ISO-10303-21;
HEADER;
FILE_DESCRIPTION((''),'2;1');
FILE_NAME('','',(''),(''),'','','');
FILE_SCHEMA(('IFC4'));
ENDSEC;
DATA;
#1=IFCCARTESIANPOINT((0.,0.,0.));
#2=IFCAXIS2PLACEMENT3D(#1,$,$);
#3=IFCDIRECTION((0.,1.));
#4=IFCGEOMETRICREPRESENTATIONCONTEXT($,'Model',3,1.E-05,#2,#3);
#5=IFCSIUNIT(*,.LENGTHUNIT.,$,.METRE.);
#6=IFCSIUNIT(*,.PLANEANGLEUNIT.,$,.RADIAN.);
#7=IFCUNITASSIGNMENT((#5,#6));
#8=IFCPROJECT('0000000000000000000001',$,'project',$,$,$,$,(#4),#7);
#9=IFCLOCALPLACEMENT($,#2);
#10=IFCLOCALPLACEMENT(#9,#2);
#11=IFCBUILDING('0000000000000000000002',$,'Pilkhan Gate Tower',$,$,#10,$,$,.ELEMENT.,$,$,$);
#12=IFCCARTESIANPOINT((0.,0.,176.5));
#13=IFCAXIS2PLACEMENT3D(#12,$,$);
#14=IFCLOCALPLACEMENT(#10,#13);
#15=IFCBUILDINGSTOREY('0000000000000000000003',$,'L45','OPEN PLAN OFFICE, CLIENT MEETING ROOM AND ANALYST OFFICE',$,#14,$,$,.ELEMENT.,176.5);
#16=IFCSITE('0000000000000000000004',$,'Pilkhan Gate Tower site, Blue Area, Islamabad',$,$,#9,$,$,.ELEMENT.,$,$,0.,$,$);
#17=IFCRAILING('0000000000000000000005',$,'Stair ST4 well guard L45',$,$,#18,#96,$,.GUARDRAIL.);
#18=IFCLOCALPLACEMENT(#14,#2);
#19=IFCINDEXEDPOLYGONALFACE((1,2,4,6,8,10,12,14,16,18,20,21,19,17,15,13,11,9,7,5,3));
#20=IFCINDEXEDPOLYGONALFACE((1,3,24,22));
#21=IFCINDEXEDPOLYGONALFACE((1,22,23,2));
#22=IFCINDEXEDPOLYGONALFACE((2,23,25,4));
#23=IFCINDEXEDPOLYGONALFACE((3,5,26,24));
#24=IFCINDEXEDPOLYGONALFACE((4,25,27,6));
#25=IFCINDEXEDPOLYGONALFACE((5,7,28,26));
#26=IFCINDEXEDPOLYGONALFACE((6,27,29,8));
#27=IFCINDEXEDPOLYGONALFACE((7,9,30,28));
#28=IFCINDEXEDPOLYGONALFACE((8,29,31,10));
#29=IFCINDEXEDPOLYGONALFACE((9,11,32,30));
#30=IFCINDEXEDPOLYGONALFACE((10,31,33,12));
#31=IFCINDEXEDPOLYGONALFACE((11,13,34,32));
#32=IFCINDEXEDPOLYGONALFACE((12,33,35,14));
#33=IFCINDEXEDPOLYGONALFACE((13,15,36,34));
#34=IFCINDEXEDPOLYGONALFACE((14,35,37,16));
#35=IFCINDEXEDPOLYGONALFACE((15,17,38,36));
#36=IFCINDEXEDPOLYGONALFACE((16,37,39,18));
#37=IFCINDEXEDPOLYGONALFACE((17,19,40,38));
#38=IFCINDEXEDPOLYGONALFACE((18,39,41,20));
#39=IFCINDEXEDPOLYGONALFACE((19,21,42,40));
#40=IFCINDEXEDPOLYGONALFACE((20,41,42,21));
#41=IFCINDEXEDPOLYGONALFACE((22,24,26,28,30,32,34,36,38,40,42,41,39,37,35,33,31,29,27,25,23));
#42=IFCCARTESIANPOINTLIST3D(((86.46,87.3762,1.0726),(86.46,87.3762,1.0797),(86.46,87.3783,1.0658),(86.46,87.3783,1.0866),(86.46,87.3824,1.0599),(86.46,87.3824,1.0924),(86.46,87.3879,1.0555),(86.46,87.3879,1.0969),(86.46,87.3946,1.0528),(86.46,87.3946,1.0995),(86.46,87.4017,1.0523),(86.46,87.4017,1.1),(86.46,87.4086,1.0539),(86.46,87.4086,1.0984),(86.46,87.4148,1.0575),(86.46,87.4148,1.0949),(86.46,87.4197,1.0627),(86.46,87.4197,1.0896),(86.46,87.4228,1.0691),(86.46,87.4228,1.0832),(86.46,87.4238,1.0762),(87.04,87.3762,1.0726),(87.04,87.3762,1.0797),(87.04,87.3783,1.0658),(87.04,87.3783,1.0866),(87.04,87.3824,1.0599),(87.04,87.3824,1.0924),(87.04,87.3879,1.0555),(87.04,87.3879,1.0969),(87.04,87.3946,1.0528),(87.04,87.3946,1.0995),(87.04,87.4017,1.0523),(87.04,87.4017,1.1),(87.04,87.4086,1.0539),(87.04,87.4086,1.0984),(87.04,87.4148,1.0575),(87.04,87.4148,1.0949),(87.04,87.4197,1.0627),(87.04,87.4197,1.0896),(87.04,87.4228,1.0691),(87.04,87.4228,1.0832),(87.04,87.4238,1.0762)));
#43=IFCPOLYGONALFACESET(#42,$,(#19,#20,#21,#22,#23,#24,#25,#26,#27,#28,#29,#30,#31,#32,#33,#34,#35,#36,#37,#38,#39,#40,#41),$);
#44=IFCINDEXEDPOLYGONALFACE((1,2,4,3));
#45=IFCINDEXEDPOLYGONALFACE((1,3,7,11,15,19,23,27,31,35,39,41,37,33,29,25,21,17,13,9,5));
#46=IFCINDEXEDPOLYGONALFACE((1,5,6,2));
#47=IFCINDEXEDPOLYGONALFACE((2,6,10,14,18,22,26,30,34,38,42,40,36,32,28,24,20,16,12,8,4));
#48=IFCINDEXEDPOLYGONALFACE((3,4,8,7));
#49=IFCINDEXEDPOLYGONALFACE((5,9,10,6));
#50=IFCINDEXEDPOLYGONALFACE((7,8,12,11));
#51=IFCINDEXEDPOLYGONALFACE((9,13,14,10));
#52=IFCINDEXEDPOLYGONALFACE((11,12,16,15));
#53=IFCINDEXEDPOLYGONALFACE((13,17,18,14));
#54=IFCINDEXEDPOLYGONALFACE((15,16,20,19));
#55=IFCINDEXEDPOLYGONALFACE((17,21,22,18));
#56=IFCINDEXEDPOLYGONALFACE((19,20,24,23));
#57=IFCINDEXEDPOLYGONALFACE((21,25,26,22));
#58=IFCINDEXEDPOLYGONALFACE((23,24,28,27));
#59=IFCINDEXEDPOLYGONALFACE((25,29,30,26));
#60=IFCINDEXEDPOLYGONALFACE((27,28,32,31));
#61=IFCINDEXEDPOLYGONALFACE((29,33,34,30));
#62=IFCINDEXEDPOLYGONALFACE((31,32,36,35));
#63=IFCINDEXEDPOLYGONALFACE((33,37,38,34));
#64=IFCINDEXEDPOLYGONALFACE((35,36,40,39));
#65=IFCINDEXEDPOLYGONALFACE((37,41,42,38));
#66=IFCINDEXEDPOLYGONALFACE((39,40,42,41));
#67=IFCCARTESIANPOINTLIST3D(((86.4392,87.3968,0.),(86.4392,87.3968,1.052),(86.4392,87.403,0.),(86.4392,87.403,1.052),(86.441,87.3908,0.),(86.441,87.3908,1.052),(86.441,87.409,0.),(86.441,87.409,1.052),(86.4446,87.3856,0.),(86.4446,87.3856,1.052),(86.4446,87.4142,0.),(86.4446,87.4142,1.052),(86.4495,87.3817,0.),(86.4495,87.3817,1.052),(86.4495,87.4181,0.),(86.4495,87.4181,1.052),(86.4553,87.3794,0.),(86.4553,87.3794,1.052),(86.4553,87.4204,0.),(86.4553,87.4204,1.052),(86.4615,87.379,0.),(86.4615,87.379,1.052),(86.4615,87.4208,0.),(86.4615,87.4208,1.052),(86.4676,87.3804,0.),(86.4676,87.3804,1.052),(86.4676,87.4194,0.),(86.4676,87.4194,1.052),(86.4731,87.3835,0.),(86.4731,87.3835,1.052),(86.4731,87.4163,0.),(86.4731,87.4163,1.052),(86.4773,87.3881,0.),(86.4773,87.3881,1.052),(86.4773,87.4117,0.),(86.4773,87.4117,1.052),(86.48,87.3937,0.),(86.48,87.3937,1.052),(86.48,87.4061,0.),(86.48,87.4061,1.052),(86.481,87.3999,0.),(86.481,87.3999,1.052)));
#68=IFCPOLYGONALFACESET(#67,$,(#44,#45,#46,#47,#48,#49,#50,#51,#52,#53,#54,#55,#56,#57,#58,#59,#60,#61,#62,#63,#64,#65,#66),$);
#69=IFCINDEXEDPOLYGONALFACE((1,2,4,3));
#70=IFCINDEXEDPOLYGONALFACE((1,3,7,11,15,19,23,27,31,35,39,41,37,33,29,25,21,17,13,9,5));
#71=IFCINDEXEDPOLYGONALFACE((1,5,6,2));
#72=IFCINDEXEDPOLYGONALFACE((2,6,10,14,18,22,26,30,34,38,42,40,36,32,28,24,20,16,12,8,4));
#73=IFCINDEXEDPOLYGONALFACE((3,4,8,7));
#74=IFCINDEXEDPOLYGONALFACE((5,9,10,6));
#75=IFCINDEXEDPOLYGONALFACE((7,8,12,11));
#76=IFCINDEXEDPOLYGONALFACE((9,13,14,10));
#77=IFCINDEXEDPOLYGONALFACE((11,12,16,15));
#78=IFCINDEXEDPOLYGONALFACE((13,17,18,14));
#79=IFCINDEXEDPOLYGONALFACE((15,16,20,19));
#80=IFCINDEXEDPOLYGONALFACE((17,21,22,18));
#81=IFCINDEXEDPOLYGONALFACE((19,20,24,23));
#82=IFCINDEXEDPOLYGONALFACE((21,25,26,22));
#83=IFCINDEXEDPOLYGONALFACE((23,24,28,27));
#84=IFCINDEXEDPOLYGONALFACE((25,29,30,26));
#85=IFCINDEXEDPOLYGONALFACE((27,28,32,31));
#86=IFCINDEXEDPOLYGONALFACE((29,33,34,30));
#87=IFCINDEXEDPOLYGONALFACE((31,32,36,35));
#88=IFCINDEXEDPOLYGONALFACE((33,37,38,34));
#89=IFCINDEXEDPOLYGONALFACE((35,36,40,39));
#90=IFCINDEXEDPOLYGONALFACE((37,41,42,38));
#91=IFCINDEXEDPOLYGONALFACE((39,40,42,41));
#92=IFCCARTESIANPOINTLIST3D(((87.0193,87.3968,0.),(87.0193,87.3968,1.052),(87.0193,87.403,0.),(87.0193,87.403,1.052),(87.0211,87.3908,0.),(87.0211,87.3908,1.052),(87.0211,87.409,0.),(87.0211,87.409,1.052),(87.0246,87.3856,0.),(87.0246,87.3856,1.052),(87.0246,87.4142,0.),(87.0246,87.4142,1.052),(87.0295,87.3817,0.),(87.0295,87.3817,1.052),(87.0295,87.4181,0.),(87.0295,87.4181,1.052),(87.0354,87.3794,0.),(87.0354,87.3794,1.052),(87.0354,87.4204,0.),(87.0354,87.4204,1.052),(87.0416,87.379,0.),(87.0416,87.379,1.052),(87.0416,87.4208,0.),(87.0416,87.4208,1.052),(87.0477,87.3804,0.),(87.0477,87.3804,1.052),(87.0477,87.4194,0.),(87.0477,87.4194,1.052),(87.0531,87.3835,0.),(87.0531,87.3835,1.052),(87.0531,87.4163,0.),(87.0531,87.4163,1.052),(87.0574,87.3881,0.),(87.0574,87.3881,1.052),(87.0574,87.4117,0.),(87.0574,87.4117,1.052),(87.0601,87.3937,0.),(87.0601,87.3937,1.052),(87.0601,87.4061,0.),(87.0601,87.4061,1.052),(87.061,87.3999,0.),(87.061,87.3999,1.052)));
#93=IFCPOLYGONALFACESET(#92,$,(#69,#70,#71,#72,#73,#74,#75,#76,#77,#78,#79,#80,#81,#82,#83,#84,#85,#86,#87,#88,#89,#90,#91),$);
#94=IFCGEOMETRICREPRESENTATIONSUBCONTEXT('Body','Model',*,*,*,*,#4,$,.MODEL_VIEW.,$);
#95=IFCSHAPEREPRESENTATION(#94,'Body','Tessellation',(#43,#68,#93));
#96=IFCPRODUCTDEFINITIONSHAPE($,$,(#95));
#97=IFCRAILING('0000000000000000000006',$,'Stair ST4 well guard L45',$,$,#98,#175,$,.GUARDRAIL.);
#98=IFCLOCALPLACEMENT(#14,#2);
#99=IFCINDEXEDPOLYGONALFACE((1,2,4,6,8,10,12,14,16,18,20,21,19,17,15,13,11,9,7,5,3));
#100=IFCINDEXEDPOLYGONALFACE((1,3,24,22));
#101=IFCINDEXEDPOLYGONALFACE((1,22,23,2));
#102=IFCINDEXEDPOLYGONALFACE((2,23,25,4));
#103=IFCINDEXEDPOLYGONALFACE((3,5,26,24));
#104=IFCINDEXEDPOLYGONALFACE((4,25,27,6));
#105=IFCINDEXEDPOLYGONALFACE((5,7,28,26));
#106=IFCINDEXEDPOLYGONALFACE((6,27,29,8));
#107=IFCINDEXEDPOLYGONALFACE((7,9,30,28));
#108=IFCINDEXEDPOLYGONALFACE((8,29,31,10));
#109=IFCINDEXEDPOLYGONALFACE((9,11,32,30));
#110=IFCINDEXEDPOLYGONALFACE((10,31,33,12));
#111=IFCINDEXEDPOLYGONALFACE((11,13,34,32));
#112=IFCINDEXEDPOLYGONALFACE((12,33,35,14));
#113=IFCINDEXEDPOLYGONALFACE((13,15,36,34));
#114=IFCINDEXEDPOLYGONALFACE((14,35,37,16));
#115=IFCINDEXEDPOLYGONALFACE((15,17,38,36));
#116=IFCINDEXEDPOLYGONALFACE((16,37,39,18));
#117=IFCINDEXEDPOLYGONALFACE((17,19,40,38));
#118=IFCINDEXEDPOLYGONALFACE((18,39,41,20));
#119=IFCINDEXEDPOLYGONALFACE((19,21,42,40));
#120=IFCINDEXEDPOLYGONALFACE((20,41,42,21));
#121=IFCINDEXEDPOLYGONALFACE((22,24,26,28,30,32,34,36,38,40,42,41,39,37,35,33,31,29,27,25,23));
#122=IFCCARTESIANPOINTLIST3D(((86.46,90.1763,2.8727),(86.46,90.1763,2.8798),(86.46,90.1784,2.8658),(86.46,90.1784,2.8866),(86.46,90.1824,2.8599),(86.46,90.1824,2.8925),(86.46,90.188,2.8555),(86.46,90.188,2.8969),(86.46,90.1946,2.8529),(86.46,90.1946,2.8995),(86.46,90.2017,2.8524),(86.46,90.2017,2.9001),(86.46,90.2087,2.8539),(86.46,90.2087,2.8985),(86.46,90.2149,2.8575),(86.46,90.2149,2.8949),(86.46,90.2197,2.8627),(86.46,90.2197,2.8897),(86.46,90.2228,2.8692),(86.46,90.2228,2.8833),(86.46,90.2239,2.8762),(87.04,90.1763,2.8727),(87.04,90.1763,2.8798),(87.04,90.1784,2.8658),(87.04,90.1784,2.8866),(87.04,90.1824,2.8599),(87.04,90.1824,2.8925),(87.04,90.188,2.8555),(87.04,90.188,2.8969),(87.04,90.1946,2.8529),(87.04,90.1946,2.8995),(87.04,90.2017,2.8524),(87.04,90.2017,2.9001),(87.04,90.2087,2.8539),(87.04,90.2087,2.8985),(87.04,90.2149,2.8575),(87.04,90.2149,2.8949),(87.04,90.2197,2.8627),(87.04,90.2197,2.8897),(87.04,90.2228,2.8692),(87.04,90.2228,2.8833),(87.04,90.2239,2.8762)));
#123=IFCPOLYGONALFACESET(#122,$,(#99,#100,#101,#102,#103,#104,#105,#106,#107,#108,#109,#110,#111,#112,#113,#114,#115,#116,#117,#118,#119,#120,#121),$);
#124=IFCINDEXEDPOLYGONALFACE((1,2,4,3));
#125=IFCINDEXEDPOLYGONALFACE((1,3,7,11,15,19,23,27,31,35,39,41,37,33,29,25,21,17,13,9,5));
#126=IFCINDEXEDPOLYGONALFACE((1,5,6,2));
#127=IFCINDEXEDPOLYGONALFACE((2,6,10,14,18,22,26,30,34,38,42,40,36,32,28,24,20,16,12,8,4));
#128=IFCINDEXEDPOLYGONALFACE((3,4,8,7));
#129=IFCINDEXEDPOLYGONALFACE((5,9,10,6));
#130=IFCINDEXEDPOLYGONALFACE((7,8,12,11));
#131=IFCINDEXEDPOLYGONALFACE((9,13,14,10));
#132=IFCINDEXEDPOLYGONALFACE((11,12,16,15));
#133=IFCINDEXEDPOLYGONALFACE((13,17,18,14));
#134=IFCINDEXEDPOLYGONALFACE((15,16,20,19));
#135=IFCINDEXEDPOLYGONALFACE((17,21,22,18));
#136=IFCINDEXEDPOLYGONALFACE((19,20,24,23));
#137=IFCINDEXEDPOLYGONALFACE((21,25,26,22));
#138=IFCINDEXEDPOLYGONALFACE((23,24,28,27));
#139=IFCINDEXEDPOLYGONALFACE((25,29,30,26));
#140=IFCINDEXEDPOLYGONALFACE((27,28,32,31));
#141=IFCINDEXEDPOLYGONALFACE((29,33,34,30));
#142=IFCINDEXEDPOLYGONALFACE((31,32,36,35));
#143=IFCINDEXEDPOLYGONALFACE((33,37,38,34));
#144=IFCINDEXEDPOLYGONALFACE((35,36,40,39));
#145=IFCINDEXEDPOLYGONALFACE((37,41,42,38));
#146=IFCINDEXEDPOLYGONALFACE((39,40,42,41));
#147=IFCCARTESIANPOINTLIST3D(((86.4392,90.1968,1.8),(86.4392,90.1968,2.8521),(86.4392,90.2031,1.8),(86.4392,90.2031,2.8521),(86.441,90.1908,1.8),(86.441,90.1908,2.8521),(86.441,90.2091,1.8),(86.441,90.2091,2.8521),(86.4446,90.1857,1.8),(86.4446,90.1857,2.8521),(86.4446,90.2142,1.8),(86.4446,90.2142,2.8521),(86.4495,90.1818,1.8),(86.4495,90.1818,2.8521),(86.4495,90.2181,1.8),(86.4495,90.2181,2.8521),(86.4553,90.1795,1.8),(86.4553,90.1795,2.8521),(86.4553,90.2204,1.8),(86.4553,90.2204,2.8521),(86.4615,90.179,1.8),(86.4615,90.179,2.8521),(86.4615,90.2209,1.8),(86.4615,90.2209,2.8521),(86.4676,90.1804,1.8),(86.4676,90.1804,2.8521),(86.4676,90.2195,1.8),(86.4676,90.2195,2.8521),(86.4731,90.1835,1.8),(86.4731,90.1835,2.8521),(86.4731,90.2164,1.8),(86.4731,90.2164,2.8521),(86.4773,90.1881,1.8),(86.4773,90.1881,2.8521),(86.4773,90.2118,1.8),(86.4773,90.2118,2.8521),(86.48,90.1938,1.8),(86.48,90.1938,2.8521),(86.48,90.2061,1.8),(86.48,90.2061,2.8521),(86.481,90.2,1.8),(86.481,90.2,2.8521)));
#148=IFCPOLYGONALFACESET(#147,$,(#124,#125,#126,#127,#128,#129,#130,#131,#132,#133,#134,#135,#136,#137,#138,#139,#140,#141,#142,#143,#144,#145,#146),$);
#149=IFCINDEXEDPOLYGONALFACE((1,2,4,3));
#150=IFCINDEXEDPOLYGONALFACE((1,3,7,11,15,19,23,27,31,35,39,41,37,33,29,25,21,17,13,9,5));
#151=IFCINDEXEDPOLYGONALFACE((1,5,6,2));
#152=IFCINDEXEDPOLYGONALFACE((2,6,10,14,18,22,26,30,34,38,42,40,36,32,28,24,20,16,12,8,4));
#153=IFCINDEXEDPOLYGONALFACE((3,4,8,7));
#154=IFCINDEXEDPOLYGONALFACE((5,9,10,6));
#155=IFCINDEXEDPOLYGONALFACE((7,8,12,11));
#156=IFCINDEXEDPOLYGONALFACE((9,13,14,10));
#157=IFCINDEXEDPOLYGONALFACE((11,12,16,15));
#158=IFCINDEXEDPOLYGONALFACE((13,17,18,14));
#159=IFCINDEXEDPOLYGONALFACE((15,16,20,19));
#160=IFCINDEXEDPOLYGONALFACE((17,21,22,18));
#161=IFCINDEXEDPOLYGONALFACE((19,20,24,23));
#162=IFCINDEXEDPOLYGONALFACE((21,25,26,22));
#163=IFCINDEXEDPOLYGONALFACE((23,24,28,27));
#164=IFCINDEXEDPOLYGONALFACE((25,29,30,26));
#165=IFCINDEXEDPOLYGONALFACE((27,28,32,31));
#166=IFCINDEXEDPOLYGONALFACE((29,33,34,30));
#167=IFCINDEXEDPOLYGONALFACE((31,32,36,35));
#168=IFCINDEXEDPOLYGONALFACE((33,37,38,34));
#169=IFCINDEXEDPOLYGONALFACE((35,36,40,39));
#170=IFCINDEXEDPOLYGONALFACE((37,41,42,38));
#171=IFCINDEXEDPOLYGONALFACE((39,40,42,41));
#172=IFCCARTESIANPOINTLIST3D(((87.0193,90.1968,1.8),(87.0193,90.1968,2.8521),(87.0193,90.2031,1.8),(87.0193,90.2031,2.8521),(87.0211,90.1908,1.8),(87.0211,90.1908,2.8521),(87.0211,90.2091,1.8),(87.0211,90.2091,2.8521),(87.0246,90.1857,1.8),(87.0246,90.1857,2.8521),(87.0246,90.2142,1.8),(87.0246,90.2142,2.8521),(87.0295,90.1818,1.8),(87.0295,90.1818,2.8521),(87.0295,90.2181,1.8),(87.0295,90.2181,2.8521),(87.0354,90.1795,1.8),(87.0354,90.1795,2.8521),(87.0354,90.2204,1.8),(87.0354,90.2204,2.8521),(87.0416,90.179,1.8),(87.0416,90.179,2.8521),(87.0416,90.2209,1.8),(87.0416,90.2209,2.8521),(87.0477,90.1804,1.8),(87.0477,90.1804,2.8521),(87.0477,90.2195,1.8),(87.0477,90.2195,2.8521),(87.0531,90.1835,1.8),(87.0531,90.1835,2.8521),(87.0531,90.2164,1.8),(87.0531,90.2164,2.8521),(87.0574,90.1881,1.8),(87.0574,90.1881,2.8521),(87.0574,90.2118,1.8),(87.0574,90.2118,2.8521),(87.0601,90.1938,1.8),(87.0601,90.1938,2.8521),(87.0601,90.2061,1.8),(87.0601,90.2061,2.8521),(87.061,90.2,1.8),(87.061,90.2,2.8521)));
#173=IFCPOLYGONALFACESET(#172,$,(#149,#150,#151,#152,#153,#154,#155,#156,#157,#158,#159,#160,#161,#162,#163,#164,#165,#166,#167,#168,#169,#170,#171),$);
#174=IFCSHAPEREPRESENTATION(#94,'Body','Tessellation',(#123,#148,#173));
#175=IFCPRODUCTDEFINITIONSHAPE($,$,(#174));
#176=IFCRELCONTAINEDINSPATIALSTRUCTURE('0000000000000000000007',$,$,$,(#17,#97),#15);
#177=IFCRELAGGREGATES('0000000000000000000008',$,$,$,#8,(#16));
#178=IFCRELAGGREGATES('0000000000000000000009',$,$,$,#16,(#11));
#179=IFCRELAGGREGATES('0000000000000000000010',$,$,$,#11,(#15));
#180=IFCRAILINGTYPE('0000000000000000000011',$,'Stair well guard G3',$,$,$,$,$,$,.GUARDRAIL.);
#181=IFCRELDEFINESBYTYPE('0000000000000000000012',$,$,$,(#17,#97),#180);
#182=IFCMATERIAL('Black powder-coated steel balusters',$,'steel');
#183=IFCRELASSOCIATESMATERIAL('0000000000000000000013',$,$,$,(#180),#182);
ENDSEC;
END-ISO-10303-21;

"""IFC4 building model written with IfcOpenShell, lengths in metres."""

from ifc_helpers import new_model, si_unit, direction, frame, origin, origin_2d, place, context, subcontext, project, spatial, circle, extrude, material, type_object, element, save


model = new_model("IFC4")

# Units and contexts
model_context = context("Model", 3, precision=1e-05, world=origin(), true_north=direction((0.0, 1.0)))
body_context = subcontext(model_context, "Body", "Model", "MODEL_VIEW")
ifc_project = project(units=[si_unit("LENGTHUNIT", "METRE"), si_unit("PLANEANGLEUNIT", "RADIAN")], contexts=[model_context])

# Site, building, storey
site_placement = place(None, origin())
site = spatial("IfcSite", under=ifc_project, at=site_placement, Name="Pilkhan Gate Tower site, Blue Area, Islamabad", CompositionType="ELEMENT", RefElevation=0.0)
building_placement = place(site_placement, origin())
building = spatial("IfcBuilding", under=site, at=building_placement, Name="Pilkhan Gate Tower", CompositionType="ELEMENT")
storey_placement = place(building_placement, frame((0.0, 0.0, 176.5)))
storey = spatial("IfcBuildingStorey", under=building, at=storey_placement, Name="L45", Description="OPEN PLAN OFFICE, CLIENT MEETING ROOM AND ANALYST OFFICE", CompositionType="ELEMENT", Elevation=176.5)

# Railings
ifc_material_1 = material(Name="Black powder-coated steel balusters", Category="steel")
railing_type_1 = type_object("IfcRailingType", Name="Stair well guard G3", PredefinedType="GUARDRAIL", material=ifc_material_1)
for number, where, name in (
    (1, (86.46, 87.3999, 0.0), "Stair ST4 well guard L45"),
    (2, (86.46, 90.2, 1.8), "Stair ST4 well guard L45"),
):
    element("IfcRailing", number, at=place(storey_placement, frame(where)), inside=storey, type_object=railing_type_1, Name=name, PredefinedType="GUARDRAIL", context=body_context, shape_type="SweptSolid", body=[
        extrude(circle(Radius=0.0239, at=origin_2d()), frame((0.0, 0.0, 1.0762), z_axis=(1.0, 0.0, 0.0), x_axis=(0.0, 1.0, 0.0)), (0.0, 0.0, 1.0), 0.5801),
        extrude(circle(Radius=0.021, at=origin_2d()), origin(), (0.0, 0.0, 1.0), 1.052),
        extrude(circle(Radius=0.021, at=origin_2d()), frame((0.5801, 0.0, 0.0)), (0.0, 0.0, 1.0), 1.052),
    ])

save(model, "model.ifc")
